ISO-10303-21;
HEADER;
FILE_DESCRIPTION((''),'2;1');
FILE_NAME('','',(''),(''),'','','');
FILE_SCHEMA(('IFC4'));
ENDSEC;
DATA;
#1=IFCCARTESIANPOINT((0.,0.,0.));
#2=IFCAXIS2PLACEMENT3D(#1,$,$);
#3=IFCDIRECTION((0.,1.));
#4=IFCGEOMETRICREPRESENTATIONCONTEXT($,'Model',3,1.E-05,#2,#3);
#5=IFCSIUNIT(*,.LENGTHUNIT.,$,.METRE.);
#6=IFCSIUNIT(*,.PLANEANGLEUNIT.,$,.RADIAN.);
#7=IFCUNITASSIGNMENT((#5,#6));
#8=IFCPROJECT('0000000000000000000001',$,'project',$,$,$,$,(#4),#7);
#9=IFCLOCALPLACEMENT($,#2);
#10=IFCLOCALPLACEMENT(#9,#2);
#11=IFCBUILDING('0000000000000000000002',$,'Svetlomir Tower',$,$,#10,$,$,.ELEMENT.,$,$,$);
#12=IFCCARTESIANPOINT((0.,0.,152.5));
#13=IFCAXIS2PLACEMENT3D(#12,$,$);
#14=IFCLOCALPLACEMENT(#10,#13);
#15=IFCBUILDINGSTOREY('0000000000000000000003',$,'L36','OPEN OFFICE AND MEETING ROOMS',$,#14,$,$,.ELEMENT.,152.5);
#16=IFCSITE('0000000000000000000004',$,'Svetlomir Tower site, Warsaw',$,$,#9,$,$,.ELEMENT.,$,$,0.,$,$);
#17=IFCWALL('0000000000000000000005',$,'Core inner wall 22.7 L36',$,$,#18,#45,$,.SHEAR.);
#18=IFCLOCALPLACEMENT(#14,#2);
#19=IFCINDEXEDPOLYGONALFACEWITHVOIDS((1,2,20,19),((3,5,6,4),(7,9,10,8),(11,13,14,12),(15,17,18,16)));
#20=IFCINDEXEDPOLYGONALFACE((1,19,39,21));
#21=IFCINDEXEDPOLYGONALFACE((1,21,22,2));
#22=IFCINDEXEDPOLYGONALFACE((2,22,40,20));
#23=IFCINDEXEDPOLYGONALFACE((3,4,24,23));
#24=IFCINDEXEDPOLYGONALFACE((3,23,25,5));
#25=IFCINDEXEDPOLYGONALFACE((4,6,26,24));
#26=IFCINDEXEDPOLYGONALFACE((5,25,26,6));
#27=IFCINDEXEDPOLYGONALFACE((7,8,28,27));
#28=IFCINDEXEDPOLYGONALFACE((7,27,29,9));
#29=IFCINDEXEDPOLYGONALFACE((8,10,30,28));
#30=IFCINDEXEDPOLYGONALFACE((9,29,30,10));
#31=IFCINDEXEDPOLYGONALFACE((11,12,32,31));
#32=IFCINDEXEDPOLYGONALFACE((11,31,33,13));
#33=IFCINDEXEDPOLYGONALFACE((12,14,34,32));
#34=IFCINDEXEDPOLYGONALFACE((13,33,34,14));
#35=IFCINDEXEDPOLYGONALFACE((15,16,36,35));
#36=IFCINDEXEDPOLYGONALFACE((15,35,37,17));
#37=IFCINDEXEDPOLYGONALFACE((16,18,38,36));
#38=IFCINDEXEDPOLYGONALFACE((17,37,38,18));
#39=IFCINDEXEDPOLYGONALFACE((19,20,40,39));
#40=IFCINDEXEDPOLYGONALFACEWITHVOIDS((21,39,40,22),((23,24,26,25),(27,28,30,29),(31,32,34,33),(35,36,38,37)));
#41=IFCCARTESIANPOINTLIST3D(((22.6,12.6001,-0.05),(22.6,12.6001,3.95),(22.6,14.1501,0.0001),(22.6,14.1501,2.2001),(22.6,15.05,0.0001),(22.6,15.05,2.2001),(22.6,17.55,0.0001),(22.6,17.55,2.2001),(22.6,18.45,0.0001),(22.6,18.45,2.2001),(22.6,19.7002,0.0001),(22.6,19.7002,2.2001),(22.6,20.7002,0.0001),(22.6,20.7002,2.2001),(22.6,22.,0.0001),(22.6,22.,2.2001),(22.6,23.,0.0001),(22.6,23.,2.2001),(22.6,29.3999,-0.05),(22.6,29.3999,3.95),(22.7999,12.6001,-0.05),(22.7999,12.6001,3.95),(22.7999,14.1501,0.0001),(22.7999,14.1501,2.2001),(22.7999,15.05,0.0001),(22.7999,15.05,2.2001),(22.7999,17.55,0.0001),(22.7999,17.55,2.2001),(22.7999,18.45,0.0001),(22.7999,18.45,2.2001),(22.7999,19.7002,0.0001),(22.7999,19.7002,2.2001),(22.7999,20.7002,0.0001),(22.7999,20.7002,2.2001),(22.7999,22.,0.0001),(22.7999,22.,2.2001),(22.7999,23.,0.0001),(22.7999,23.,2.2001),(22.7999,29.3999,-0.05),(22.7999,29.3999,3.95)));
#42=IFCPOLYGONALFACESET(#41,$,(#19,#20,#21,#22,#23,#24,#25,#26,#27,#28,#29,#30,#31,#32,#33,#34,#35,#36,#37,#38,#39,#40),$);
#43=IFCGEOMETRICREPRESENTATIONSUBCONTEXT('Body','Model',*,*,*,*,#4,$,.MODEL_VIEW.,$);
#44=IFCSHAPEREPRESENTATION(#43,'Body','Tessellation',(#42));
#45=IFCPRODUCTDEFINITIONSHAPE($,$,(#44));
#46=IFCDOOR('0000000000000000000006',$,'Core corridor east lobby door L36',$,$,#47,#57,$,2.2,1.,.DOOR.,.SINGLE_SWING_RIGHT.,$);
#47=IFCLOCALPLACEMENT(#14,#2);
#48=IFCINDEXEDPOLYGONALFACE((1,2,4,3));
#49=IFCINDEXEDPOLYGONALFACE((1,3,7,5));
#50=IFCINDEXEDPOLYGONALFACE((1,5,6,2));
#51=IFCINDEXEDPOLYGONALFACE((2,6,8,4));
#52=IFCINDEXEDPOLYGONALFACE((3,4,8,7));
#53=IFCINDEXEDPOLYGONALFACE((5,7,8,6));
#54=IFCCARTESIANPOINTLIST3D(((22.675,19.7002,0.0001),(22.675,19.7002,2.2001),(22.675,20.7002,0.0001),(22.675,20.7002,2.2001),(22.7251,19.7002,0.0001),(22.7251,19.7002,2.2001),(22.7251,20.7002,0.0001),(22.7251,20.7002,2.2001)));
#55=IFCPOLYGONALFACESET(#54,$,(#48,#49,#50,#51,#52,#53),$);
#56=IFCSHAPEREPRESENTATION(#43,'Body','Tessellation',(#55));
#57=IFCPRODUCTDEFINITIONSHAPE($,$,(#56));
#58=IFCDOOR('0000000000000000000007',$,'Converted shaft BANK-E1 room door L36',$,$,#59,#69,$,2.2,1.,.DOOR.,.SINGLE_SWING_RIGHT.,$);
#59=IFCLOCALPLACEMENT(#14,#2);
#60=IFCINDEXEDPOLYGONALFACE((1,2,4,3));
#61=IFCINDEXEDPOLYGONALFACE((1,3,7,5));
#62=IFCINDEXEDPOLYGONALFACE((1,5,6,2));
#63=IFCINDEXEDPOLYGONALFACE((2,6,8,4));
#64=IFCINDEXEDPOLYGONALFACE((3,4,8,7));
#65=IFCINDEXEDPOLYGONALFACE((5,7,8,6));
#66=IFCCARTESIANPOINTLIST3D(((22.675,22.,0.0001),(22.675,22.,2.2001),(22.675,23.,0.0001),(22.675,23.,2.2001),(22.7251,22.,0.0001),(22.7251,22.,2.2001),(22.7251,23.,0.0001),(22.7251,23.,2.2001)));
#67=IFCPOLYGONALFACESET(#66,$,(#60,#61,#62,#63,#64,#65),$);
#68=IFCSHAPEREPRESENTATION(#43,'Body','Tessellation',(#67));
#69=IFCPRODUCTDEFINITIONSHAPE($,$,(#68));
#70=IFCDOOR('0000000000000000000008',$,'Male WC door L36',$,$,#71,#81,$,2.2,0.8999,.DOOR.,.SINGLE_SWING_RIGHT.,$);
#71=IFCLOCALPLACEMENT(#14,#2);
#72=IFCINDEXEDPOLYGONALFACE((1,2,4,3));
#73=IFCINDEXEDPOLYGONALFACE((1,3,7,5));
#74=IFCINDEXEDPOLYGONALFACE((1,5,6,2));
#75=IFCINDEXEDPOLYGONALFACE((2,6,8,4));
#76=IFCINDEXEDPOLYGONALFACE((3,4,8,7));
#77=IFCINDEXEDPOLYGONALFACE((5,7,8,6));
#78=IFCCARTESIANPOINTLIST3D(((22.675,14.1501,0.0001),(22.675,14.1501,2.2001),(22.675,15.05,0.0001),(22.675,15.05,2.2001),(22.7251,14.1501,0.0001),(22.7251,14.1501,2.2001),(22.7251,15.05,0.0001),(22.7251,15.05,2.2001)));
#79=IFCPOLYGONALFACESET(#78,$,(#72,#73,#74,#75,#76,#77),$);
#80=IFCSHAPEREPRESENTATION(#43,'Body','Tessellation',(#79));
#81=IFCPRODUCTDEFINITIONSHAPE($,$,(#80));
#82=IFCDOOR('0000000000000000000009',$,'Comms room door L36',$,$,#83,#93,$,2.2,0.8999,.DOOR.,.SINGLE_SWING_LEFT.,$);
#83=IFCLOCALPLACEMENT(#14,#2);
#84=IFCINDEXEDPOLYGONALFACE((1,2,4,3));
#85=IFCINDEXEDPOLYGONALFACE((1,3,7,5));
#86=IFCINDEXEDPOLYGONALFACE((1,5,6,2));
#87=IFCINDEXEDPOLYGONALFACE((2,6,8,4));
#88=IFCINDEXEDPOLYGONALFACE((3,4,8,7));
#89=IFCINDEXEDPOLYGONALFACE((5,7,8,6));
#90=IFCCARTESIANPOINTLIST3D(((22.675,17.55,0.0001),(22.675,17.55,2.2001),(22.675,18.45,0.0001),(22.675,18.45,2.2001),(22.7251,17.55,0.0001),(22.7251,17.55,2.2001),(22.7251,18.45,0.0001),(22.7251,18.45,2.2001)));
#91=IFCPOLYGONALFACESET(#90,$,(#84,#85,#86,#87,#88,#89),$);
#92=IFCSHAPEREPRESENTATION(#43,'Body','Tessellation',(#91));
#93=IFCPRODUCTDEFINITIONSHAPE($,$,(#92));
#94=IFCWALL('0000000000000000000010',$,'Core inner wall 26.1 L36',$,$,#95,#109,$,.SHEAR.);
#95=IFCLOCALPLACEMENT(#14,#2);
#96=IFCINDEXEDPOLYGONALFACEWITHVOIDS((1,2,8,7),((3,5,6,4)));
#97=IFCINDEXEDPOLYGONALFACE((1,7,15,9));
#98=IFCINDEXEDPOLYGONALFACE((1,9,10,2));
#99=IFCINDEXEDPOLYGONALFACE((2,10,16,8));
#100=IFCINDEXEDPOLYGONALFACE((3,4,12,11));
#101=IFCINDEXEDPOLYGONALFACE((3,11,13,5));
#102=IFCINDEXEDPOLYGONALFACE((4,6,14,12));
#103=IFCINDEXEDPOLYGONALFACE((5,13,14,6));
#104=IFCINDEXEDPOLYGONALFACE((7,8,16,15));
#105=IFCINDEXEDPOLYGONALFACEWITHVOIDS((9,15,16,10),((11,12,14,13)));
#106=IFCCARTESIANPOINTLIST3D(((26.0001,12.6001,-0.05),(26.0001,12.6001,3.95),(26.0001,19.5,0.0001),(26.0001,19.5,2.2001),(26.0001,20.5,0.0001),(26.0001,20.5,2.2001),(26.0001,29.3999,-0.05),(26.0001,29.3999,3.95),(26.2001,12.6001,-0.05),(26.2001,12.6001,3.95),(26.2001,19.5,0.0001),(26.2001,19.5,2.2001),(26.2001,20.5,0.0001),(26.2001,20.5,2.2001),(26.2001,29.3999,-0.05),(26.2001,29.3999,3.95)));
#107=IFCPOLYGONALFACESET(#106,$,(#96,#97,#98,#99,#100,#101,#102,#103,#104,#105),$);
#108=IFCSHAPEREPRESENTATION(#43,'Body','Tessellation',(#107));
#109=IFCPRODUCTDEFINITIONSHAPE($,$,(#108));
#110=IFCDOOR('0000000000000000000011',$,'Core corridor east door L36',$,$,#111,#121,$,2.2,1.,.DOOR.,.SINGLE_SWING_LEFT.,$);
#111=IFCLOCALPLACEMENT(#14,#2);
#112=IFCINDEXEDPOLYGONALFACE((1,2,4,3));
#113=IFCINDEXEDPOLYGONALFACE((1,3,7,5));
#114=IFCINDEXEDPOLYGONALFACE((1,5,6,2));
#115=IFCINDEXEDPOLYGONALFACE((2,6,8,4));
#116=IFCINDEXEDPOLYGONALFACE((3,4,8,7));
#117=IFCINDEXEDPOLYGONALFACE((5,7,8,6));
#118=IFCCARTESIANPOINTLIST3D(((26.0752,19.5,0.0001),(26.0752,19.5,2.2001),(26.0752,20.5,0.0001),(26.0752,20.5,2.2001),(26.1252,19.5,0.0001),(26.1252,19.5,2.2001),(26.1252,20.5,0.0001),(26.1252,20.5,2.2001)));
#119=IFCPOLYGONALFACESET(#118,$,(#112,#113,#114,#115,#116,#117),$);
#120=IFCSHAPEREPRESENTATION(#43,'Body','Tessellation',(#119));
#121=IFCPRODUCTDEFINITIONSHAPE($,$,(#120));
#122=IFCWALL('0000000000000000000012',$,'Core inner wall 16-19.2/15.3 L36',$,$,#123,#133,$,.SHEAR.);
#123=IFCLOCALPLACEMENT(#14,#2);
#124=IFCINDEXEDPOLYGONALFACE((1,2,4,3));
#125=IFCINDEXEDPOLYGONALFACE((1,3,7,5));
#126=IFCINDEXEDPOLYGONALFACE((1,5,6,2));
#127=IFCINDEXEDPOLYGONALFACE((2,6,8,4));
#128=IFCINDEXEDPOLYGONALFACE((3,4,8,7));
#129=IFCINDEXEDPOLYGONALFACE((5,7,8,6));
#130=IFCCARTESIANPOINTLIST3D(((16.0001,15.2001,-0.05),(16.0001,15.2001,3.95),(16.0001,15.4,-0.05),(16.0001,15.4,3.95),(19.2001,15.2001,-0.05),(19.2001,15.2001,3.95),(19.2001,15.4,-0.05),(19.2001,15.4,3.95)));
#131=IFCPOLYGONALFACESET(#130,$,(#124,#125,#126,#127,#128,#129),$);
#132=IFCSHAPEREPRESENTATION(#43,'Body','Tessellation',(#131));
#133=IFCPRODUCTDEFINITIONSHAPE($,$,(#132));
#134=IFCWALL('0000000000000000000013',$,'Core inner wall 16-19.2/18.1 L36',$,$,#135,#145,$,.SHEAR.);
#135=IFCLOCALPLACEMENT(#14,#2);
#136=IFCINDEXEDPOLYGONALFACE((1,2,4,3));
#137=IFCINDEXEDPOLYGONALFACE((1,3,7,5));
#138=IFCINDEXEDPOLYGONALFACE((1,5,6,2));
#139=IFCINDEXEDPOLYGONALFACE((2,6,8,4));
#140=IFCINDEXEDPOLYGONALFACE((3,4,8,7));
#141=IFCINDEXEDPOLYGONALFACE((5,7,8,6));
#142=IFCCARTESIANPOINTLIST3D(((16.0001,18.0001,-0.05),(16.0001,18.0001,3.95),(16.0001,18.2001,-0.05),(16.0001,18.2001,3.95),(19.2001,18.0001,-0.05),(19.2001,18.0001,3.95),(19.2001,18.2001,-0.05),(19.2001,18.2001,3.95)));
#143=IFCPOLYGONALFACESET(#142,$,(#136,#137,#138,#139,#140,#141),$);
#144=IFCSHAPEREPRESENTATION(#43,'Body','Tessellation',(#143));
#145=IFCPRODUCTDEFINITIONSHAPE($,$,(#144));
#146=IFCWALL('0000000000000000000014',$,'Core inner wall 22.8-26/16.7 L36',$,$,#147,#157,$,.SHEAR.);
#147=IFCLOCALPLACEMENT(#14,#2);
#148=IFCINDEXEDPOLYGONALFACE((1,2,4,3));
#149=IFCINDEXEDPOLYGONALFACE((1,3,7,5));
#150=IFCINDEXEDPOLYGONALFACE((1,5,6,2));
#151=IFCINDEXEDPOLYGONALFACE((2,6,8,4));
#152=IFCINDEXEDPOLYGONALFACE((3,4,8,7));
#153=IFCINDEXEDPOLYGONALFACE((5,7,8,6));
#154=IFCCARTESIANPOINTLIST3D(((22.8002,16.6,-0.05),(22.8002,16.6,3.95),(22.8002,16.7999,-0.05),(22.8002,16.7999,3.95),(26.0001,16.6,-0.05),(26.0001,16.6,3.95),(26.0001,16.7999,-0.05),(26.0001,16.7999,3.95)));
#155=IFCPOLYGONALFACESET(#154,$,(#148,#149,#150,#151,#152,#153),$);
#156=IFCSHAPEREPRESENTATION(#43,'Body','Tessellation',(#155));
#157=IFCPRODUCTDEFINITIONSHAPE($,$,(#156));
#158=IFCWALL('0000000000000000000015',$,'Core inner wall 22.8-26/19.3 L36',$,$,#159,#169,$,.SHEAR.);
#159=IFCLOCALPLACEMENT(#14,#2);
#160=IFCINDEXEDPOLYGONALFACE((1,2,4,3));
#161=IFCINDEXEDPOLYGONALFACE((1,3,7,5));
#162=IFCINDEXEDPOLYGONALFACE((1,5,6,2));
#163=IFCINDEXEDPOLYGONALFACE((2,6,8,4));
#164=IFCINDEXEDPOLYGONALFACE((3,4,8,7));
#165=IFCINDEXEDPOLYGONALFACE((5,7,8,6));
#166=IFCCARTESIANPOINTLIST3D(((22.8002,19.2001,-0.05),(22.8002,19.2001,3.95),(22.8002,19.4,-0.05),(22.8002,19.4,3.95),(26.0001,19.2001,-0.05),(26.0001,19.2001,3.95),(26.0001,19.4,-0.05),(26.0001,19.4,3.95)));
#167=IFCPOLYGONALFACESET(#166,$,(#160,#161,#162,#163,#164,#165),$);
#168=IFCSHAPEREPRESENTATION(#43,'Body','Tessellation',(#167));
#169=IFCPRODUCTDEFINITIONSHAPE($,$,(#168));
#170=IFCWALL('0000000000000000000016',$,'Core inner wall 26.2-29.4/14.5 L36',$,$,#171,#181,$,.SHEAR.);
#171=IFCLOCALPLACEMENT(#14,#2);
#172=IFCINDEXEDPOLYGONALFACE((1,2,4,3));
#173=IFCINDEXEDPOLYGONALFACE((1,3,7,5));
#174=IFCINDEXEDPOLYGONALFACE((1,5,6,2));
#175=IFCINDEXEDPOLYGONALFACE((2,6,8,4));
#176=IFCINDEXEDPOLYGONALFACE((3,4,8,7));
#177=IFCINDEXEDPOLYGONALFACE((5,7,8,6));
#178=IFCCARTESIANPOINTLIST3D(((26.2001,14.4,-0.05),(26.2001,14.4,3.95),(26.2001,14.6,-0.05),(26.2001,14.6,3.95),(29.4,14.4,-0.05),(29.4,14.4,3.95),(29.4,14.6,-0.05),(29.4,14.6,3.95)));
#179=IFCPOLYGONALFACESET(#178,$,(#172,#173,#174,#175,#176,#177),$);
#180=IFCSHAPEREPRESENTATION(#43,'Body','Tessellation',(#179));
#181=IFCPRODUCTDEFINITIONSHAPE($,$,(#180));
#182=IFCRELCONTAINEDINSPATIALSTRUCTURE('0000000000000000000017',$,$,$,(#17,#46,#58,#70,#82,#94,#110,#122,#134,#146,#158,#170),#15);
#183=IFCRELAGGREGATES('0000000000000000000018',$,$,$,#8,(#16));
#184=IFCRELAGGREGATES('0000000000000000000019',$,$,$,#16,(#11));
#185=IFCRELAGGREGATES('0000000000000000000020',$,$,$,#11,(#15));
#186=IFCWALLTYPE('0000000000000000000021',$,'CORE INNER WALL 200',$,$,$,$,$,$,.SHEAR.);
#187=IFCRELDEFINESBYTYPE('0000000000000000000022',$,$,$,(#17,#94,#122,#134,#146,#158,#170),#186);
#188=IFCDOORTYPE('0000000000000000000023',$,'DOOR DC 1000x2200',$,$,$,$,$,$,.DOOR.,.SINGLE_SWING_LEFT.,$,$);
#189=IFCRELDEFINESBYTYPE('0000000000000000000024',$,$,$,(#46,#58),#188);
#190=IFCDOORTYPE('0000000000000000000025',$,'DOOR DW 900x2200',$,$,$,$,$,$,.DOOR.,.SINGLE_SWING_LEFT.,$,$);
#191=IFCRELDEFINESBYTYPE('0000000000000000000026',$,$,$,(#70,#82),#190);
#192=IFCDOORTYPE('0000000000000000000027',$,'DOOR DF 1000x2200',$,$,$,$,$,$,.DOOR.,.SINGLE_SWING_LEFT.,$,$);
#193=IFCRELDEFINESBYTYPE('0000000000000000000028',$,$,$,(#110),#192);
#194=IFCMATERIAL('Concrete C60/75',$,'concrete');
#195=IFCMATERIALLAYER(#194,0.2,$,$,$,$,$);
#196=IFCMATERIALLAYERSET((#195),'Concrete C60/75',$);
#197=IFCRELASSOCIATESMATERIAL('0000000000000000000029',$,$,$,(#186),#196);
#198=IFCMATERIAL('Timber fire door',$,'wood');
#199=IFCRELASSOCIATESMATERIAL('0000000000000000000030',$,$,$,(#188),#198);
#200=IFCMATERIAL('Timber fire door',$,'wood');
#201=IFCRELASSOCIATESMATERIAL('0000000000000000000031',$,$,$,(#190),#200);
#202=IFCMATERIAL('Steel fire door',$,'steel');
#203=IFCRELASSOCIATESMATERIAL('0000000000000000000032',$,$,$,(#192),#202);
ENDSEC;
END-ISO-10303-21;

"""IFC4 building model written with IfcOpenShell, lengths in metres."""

from ifc_helpers import new_model, si_unit, direction, frame, frame_2d, origin, place, context, subcontext, project, spatial, rectangle, extrude, material, layer, layer_set, type_object, element, fill, save


model = new_model("IFC4")

# Units and contexts
model_context = context("Model", 3, precision=1e-05, world=origin(), true_north=direction((0.0, 1.0)))
body_context = subcontext(model_context, "Body", "Model", "MODEL_VIEW")
ifc_project = project(units=[si_unit("LENGTHUNIT", "METRE"), si_unit("PLANEANGLEUNIT", "RADIAN")], contexts=[model_context])

# Site, building, storey
site_placement = place(None, origin())
site = spatial("IfcSite", under=ifc_project, at=site_placement, Name="Svetlomir Tower site, Warsaw", CompositionType="ELEMENT", RefElevation=0.0)
building_placement = place(site_placement, origin())
building = spatial("IfcBuilding", under=site, at=building_placement, Name="Svetlomir Tower", CompositionType="ELEMENT")
storey_placement = place(building_placement, frame((0.0, 0.0, 152.5)))
storey = spatial("IfcBuildingStorey", under=building, at=storey_placement, Name="L36", Description="OPEN OFFICE AND MEETING ROOMS", CompositionType="ELEMENT", Elevation=152.5)

# Wall, openings, doors
ifc_material_1 = material(Name="Concrete C60/75", Category="concrete")
ifc_layer_1 = layer(ifc_material_1, 0.2)
ifc_layer_set_1 = layer_set([ifc_layer_1], Name="Concrete C60/75")
wall_type_1 = type_object("IfcWallType", Name="CORE INNER WALL 200", PredefinedType="SHEAR", material=ifc_layer_set_1)
wall_1_placement = place(storey_placement, frame((22.7, 12.6001, -0.05), z_axis=(0.0, 0.0, 1.0), x_axis=(0.0, 1.0, 0.0)))
wall_1 = element("IfcWall", 1, at=wall_1_placement, inside=storey, type_object=wall_type_1, Name="Core inner wall 22.7 L36", PredefinedType="SHEAR", context=body_context, shape_type="SweptSolid", body=[
    extrude(rectangle(XDim=16.7998, YDim=0.2, at=frame_2d((8.3999, 0.0))), origin(), (0.0, 0.0, 1.0), 4.0),
])
opening_1_placement = place(wall_1_placement, frame((7.1001, 0.0, 0.05)))
opening_1 = element("IfcOpeningElement", 2, at=opening_1_placement, cuts=wall_1, PredefinedType="OPENING", context=body_context, shape_type="SweptSolid", body=[
    extrude(rectangle(XDim=1.0, YDim=2.2, at=frame_2d((0.5, 1.1001))), frame((0.0, 0.1099, 0.0), z_axis=(0.0, -1.0, 0.0), x_axis=(1.0, 0.0, 0.0)), (0.0, 0.0, 1.0), 0.22),
])
opening_2_placement = place(wall_1_placement, frame((1.55, 0.0, 0.05)))
opening_2 = element("IfcOpeningElement", 3, at=opening_2_placement, cuts=wall_1, PredefinedType="OPENING", context=body_context, shape_type="SweptSolid", body=[
    extrude(rectangle(XDim=0.8999, YDim=2.2, at=frame_2d((0.45, 1.1001))), frame((0.0, 0.1099, 0.0), z_axis=(0.0, -1.0, 0.0), x_axis=(1.0, 0.0, 0.0)), (0.0, 0.0, 1.0), 0.22),
])
opening_3_placement = place(wall_1_placement, frame((4.95, 0.0, 0.05)))
opening_3 = element("IfcOpeningElement", 4, at=opening_3_placement, cuts=wall_1, PredefinedType="OPENING", context=body_context, shape_type="SweptSolid", body=[
    extrude(rectangle(XDim=0.8999, YDim=2.2, at=frame_2d((0.45, 1.1001))), frame((0.0, 0.1099, 0.0), z_axis=(0.0, -1.0, 0.0), x_axis=(1.0, 0.0, 0.0)), (0.0, 0.0, 1.0), 0.22),
])
opening_4_placement = place(wall_1_placement, frame((9.3999, 0.0, 0.05)))
opening_4 = element("IfcOpeningElement", 5, at=opening_4_placement, cuts=wall_1, PredefinedType="OPENING", context=body_context, shape_type="SweptSolid", body=[
    extrude(rectangle(XDim=1.0, YDim=2.2, at=frame_2d((0.5, 1.1001))), frame((0.0, 0.1099, 0.0), z_axis=(0.0, -1.0, 0.0), x_axis=(1.0, 0.0, 0.0)), (0.0, 0.0, 1.0), 0.22),
])
ifc_material_2 = material(Name="Timber fire door", Category="wood")
door_type_1 = type_object("IfcDoorType", Name="DOOR DC 1000x2200", OperationType="SINGLE_SWING_LEFT", PredefinedType="DOOR", material=ifc_material_2)
door_1_placement = place(opening_1_placement, origin())
door_1 = element("IfcDoor", 6, at=door_1_placement, inside=storey, type_object=door_type_1, Name="Core corridor east lobby door L36", OperationType="SINGLE_SWING_RIGHT", OverallHeight=2.2, OverallWidth=1.0, PredefinedType="DOOR", context=body_context, shape_type="SweptSolid", body=[
    extrude(rectangle(XDim=1.0, YDim=2.2, at=frame_2d((0.5, 1.1001))), frame((0.0, 0.0249, 0.0), z_axis=(0.0, -1.0, 0.0), x_axis=(1.0, 0.0, 0.0)), (0.0, 0.0, 1.0), 0.05),
])
fill(opening_1, door_1)
door_2_placement = place(opening_4_placement, origin())
door_2 = element("IfcDoor", 7, at=door_2_placement, inside=storey, type_object=door_type_1, Name="Converted shaft BANK-E1 room door L36", OperationType="SINGLE_SWING_RIGHT", OverallHeight=2.2, OverallWidth=1.0, PredefinedType="DOOR", context=body_context, shape_type="SweptSolid", body=[
    extrude(rectangle(XDim=1.0, YDim=2.2, at=frame_2d((0.5, 1.1001))), frame((0.0, 0.0249, 0.0), z_axis=(0.0, -1.0, 0.0), x_axis=(1.0, 0.0, 0.0)), (0.0, 0.0, 1.0), 0.05),
])
fill(opening_4, door_2)
ifc_material_3 = material(Name="Timber fire door", Category="wood")
door_type_2 = type_object("IfcDoorType", Name="DOOR DW 900x2200", OperationType="SINGLE_SWING_LEFT", PredefinedType="DOOR", material=ifc_material_3)
door_3_placement = place(opening_2_placement, origin())
door_3 = element("IfcDoor", 8, at=door_3_placement, inside=storey, type_object=door_type_2, Name="Male WC door L36", OperationType="SINGLE_SWING_RIGHT", OverallHeight=2.2, OverallWidth=0.8999, PredefinedType="DOOR", context=body_context, shape_type="SweptSolid", body=[
    extrude(rectangle(XDim=0.8999, YDim=2.2, at=frame_2d((0.45, 1.1001))), frame((0.0, 0.0249, 0.0), z_axis=(0.0, -1.0, 0.0), x_axis=(1.0, 0.0, 0.0)), (0.0, 0.0, 1.0), 0.05),
])
fill(opening_2, door_3)
door_4_placement = place(opening_3_placement, origin())
door_4 = element("IfcDoor", 9, at=door_4_placement, inside=storey, type_object=door_type_2, Name="Comms room door L36", OperationType="SINGLE_SWING_LEFT", OverallHeight=2.2, OverallWidth=0.8999, PredefinedType="DOOR", context=body_context, shape_type="SweptSolid", body=[
    extrude(rectangle(XDim=0.8999, YDim=2.2, at=frame_2d((0.45, 1.1001))), frame((0.0, 0.0249, 0.0), z_axis=(0.0, -1.0, 0.0), x_axis=(1.0, 0.0, 0.0)), (0.0, 0.0, 1.0), 0.05),
])
fill(opening_3, door_4)

# Wall, opening, door
wall_2_placement = place(storey_placement, frame((26.1001, 12.6001, -0.05), z_axis=(0.0, 0.0, 1.0), x_axis=(0.0, 1.0, 0.0)))
wall_2 = element("IfcWall", 10, at=wall_2_placement, inside=storey, type_object=wall_type_1, Name="Core inner wall 26.1 L36", PredefinedType="SHEAR", context=body_context, shape_type="SweptSolid", body=[
    extrude(rectangle(XDim=16.7998, YDim=0.2, at=frame_2d((8.3999, 0.0))), origin(), (0.0, 0.0, 1.0), 4.0),
])
opening_5_placement = place(wall_2_placement, frame((6.8999, 0.0, 0.05)))
opening_5 = element("IfcOpeningElement", 11, at=opening_5_placement, cuts=wall_2, PredefinedType="OPENING", context=body_context, shape_type="SweptSolid", body=[
    extrude(rectangle(XDim=1.0, YDim=2.2, at=frame_2d((0.5, 1.1001))), frame((0.0, 0.1099, 0.0), z_axis=(0.0, -1.0, 0.0), x_axis=(1.0, 0.0, 0.0)), (0.0, 0.0, 1.0), 0.22),
])
ifc_material_4 = material(Name="Steel fire door", Category="steel")
door_type_3 = type_object("IfcDoorType", Name="DOOR DF 1000x2200", OperationType="SINGLE_SWING_LEFT", PredefinedType="DOOR", material=ifc_material_4)
door_5_placement = place(opening_5_placement, origin())
door_5 = element("IfcDoor", 12, at=door_5_placement, inside=storey, type_object=door_type_3, Name="Core corridor east door L36", OperationType="SINGLE_SWING_LEFT", OverallHeight=2.2, OverallWidth=1.0, PredefinedType="DOOR", context=body_context, shape_type="SweptSolid", body=[
    extrude(rectangle(XDim=1.0, YDim=2.2, at=frame_2d((0.5, 1.1001))), frame((0.0, 0.0249, 0.0), z_axis=(0.0, -1.0, 0.0), x_axis=(1.0, 0.0, 0.0)), (0.0, 0.0, 1.0), 0.05),
])
fill(opening_5, door_5)

# Walls
for number, where, z_axis, x_axis, name in (
    (13, (16.0, 15.3, -0.05), (0.0, 0.0, 1.0), (1.0, 0.0, 0.0), "Core inner wall 16-19.2/15.3 L36"),
    (14, (16.0, 18.1001, -0.05), (0.0, 0.0, 1.0), (1.0, 0.0, 0.0), "Core inner wall 16-19.2/18.1 L36"),
    (15, (22.8, 16.7, -0.05), (0.0, 0.0, 1.0), (1.0, 0.0, 0.0), "Core inner wall 22.8-26/16.7 L36"),
    (16, (22.8, 19.3, -0.05), (0.0, 0.0, 1.0), (1.0, 0.0, 0.0), "Core inner wall 22.8-26/19.3 L36"),
    (17, (26.2, 14.5, -0.05), (0.0, 0.0, 1.0), (1.0, 0.0, 0.0), "Core inner wall 26.2-29.4/14.5 L36"),
):
    element("IfcWall", number, at=place(storey_placement, frame(where, z_axis=z_axis, x_axis=x_axis)), inside=storey, type_object=wall_type_1, Name=name, PredefinedType="SHEAR", context=body_context, shape_type="SweptSolid", body=[
        extrude(rectangle(XDim=3.2, YDim=0.2, at=frame_2d((1.6001, 0.0))), origin(), (0.0, 0.0, 1.0), 4.0),
    ])

save(model, "model.ifc")
